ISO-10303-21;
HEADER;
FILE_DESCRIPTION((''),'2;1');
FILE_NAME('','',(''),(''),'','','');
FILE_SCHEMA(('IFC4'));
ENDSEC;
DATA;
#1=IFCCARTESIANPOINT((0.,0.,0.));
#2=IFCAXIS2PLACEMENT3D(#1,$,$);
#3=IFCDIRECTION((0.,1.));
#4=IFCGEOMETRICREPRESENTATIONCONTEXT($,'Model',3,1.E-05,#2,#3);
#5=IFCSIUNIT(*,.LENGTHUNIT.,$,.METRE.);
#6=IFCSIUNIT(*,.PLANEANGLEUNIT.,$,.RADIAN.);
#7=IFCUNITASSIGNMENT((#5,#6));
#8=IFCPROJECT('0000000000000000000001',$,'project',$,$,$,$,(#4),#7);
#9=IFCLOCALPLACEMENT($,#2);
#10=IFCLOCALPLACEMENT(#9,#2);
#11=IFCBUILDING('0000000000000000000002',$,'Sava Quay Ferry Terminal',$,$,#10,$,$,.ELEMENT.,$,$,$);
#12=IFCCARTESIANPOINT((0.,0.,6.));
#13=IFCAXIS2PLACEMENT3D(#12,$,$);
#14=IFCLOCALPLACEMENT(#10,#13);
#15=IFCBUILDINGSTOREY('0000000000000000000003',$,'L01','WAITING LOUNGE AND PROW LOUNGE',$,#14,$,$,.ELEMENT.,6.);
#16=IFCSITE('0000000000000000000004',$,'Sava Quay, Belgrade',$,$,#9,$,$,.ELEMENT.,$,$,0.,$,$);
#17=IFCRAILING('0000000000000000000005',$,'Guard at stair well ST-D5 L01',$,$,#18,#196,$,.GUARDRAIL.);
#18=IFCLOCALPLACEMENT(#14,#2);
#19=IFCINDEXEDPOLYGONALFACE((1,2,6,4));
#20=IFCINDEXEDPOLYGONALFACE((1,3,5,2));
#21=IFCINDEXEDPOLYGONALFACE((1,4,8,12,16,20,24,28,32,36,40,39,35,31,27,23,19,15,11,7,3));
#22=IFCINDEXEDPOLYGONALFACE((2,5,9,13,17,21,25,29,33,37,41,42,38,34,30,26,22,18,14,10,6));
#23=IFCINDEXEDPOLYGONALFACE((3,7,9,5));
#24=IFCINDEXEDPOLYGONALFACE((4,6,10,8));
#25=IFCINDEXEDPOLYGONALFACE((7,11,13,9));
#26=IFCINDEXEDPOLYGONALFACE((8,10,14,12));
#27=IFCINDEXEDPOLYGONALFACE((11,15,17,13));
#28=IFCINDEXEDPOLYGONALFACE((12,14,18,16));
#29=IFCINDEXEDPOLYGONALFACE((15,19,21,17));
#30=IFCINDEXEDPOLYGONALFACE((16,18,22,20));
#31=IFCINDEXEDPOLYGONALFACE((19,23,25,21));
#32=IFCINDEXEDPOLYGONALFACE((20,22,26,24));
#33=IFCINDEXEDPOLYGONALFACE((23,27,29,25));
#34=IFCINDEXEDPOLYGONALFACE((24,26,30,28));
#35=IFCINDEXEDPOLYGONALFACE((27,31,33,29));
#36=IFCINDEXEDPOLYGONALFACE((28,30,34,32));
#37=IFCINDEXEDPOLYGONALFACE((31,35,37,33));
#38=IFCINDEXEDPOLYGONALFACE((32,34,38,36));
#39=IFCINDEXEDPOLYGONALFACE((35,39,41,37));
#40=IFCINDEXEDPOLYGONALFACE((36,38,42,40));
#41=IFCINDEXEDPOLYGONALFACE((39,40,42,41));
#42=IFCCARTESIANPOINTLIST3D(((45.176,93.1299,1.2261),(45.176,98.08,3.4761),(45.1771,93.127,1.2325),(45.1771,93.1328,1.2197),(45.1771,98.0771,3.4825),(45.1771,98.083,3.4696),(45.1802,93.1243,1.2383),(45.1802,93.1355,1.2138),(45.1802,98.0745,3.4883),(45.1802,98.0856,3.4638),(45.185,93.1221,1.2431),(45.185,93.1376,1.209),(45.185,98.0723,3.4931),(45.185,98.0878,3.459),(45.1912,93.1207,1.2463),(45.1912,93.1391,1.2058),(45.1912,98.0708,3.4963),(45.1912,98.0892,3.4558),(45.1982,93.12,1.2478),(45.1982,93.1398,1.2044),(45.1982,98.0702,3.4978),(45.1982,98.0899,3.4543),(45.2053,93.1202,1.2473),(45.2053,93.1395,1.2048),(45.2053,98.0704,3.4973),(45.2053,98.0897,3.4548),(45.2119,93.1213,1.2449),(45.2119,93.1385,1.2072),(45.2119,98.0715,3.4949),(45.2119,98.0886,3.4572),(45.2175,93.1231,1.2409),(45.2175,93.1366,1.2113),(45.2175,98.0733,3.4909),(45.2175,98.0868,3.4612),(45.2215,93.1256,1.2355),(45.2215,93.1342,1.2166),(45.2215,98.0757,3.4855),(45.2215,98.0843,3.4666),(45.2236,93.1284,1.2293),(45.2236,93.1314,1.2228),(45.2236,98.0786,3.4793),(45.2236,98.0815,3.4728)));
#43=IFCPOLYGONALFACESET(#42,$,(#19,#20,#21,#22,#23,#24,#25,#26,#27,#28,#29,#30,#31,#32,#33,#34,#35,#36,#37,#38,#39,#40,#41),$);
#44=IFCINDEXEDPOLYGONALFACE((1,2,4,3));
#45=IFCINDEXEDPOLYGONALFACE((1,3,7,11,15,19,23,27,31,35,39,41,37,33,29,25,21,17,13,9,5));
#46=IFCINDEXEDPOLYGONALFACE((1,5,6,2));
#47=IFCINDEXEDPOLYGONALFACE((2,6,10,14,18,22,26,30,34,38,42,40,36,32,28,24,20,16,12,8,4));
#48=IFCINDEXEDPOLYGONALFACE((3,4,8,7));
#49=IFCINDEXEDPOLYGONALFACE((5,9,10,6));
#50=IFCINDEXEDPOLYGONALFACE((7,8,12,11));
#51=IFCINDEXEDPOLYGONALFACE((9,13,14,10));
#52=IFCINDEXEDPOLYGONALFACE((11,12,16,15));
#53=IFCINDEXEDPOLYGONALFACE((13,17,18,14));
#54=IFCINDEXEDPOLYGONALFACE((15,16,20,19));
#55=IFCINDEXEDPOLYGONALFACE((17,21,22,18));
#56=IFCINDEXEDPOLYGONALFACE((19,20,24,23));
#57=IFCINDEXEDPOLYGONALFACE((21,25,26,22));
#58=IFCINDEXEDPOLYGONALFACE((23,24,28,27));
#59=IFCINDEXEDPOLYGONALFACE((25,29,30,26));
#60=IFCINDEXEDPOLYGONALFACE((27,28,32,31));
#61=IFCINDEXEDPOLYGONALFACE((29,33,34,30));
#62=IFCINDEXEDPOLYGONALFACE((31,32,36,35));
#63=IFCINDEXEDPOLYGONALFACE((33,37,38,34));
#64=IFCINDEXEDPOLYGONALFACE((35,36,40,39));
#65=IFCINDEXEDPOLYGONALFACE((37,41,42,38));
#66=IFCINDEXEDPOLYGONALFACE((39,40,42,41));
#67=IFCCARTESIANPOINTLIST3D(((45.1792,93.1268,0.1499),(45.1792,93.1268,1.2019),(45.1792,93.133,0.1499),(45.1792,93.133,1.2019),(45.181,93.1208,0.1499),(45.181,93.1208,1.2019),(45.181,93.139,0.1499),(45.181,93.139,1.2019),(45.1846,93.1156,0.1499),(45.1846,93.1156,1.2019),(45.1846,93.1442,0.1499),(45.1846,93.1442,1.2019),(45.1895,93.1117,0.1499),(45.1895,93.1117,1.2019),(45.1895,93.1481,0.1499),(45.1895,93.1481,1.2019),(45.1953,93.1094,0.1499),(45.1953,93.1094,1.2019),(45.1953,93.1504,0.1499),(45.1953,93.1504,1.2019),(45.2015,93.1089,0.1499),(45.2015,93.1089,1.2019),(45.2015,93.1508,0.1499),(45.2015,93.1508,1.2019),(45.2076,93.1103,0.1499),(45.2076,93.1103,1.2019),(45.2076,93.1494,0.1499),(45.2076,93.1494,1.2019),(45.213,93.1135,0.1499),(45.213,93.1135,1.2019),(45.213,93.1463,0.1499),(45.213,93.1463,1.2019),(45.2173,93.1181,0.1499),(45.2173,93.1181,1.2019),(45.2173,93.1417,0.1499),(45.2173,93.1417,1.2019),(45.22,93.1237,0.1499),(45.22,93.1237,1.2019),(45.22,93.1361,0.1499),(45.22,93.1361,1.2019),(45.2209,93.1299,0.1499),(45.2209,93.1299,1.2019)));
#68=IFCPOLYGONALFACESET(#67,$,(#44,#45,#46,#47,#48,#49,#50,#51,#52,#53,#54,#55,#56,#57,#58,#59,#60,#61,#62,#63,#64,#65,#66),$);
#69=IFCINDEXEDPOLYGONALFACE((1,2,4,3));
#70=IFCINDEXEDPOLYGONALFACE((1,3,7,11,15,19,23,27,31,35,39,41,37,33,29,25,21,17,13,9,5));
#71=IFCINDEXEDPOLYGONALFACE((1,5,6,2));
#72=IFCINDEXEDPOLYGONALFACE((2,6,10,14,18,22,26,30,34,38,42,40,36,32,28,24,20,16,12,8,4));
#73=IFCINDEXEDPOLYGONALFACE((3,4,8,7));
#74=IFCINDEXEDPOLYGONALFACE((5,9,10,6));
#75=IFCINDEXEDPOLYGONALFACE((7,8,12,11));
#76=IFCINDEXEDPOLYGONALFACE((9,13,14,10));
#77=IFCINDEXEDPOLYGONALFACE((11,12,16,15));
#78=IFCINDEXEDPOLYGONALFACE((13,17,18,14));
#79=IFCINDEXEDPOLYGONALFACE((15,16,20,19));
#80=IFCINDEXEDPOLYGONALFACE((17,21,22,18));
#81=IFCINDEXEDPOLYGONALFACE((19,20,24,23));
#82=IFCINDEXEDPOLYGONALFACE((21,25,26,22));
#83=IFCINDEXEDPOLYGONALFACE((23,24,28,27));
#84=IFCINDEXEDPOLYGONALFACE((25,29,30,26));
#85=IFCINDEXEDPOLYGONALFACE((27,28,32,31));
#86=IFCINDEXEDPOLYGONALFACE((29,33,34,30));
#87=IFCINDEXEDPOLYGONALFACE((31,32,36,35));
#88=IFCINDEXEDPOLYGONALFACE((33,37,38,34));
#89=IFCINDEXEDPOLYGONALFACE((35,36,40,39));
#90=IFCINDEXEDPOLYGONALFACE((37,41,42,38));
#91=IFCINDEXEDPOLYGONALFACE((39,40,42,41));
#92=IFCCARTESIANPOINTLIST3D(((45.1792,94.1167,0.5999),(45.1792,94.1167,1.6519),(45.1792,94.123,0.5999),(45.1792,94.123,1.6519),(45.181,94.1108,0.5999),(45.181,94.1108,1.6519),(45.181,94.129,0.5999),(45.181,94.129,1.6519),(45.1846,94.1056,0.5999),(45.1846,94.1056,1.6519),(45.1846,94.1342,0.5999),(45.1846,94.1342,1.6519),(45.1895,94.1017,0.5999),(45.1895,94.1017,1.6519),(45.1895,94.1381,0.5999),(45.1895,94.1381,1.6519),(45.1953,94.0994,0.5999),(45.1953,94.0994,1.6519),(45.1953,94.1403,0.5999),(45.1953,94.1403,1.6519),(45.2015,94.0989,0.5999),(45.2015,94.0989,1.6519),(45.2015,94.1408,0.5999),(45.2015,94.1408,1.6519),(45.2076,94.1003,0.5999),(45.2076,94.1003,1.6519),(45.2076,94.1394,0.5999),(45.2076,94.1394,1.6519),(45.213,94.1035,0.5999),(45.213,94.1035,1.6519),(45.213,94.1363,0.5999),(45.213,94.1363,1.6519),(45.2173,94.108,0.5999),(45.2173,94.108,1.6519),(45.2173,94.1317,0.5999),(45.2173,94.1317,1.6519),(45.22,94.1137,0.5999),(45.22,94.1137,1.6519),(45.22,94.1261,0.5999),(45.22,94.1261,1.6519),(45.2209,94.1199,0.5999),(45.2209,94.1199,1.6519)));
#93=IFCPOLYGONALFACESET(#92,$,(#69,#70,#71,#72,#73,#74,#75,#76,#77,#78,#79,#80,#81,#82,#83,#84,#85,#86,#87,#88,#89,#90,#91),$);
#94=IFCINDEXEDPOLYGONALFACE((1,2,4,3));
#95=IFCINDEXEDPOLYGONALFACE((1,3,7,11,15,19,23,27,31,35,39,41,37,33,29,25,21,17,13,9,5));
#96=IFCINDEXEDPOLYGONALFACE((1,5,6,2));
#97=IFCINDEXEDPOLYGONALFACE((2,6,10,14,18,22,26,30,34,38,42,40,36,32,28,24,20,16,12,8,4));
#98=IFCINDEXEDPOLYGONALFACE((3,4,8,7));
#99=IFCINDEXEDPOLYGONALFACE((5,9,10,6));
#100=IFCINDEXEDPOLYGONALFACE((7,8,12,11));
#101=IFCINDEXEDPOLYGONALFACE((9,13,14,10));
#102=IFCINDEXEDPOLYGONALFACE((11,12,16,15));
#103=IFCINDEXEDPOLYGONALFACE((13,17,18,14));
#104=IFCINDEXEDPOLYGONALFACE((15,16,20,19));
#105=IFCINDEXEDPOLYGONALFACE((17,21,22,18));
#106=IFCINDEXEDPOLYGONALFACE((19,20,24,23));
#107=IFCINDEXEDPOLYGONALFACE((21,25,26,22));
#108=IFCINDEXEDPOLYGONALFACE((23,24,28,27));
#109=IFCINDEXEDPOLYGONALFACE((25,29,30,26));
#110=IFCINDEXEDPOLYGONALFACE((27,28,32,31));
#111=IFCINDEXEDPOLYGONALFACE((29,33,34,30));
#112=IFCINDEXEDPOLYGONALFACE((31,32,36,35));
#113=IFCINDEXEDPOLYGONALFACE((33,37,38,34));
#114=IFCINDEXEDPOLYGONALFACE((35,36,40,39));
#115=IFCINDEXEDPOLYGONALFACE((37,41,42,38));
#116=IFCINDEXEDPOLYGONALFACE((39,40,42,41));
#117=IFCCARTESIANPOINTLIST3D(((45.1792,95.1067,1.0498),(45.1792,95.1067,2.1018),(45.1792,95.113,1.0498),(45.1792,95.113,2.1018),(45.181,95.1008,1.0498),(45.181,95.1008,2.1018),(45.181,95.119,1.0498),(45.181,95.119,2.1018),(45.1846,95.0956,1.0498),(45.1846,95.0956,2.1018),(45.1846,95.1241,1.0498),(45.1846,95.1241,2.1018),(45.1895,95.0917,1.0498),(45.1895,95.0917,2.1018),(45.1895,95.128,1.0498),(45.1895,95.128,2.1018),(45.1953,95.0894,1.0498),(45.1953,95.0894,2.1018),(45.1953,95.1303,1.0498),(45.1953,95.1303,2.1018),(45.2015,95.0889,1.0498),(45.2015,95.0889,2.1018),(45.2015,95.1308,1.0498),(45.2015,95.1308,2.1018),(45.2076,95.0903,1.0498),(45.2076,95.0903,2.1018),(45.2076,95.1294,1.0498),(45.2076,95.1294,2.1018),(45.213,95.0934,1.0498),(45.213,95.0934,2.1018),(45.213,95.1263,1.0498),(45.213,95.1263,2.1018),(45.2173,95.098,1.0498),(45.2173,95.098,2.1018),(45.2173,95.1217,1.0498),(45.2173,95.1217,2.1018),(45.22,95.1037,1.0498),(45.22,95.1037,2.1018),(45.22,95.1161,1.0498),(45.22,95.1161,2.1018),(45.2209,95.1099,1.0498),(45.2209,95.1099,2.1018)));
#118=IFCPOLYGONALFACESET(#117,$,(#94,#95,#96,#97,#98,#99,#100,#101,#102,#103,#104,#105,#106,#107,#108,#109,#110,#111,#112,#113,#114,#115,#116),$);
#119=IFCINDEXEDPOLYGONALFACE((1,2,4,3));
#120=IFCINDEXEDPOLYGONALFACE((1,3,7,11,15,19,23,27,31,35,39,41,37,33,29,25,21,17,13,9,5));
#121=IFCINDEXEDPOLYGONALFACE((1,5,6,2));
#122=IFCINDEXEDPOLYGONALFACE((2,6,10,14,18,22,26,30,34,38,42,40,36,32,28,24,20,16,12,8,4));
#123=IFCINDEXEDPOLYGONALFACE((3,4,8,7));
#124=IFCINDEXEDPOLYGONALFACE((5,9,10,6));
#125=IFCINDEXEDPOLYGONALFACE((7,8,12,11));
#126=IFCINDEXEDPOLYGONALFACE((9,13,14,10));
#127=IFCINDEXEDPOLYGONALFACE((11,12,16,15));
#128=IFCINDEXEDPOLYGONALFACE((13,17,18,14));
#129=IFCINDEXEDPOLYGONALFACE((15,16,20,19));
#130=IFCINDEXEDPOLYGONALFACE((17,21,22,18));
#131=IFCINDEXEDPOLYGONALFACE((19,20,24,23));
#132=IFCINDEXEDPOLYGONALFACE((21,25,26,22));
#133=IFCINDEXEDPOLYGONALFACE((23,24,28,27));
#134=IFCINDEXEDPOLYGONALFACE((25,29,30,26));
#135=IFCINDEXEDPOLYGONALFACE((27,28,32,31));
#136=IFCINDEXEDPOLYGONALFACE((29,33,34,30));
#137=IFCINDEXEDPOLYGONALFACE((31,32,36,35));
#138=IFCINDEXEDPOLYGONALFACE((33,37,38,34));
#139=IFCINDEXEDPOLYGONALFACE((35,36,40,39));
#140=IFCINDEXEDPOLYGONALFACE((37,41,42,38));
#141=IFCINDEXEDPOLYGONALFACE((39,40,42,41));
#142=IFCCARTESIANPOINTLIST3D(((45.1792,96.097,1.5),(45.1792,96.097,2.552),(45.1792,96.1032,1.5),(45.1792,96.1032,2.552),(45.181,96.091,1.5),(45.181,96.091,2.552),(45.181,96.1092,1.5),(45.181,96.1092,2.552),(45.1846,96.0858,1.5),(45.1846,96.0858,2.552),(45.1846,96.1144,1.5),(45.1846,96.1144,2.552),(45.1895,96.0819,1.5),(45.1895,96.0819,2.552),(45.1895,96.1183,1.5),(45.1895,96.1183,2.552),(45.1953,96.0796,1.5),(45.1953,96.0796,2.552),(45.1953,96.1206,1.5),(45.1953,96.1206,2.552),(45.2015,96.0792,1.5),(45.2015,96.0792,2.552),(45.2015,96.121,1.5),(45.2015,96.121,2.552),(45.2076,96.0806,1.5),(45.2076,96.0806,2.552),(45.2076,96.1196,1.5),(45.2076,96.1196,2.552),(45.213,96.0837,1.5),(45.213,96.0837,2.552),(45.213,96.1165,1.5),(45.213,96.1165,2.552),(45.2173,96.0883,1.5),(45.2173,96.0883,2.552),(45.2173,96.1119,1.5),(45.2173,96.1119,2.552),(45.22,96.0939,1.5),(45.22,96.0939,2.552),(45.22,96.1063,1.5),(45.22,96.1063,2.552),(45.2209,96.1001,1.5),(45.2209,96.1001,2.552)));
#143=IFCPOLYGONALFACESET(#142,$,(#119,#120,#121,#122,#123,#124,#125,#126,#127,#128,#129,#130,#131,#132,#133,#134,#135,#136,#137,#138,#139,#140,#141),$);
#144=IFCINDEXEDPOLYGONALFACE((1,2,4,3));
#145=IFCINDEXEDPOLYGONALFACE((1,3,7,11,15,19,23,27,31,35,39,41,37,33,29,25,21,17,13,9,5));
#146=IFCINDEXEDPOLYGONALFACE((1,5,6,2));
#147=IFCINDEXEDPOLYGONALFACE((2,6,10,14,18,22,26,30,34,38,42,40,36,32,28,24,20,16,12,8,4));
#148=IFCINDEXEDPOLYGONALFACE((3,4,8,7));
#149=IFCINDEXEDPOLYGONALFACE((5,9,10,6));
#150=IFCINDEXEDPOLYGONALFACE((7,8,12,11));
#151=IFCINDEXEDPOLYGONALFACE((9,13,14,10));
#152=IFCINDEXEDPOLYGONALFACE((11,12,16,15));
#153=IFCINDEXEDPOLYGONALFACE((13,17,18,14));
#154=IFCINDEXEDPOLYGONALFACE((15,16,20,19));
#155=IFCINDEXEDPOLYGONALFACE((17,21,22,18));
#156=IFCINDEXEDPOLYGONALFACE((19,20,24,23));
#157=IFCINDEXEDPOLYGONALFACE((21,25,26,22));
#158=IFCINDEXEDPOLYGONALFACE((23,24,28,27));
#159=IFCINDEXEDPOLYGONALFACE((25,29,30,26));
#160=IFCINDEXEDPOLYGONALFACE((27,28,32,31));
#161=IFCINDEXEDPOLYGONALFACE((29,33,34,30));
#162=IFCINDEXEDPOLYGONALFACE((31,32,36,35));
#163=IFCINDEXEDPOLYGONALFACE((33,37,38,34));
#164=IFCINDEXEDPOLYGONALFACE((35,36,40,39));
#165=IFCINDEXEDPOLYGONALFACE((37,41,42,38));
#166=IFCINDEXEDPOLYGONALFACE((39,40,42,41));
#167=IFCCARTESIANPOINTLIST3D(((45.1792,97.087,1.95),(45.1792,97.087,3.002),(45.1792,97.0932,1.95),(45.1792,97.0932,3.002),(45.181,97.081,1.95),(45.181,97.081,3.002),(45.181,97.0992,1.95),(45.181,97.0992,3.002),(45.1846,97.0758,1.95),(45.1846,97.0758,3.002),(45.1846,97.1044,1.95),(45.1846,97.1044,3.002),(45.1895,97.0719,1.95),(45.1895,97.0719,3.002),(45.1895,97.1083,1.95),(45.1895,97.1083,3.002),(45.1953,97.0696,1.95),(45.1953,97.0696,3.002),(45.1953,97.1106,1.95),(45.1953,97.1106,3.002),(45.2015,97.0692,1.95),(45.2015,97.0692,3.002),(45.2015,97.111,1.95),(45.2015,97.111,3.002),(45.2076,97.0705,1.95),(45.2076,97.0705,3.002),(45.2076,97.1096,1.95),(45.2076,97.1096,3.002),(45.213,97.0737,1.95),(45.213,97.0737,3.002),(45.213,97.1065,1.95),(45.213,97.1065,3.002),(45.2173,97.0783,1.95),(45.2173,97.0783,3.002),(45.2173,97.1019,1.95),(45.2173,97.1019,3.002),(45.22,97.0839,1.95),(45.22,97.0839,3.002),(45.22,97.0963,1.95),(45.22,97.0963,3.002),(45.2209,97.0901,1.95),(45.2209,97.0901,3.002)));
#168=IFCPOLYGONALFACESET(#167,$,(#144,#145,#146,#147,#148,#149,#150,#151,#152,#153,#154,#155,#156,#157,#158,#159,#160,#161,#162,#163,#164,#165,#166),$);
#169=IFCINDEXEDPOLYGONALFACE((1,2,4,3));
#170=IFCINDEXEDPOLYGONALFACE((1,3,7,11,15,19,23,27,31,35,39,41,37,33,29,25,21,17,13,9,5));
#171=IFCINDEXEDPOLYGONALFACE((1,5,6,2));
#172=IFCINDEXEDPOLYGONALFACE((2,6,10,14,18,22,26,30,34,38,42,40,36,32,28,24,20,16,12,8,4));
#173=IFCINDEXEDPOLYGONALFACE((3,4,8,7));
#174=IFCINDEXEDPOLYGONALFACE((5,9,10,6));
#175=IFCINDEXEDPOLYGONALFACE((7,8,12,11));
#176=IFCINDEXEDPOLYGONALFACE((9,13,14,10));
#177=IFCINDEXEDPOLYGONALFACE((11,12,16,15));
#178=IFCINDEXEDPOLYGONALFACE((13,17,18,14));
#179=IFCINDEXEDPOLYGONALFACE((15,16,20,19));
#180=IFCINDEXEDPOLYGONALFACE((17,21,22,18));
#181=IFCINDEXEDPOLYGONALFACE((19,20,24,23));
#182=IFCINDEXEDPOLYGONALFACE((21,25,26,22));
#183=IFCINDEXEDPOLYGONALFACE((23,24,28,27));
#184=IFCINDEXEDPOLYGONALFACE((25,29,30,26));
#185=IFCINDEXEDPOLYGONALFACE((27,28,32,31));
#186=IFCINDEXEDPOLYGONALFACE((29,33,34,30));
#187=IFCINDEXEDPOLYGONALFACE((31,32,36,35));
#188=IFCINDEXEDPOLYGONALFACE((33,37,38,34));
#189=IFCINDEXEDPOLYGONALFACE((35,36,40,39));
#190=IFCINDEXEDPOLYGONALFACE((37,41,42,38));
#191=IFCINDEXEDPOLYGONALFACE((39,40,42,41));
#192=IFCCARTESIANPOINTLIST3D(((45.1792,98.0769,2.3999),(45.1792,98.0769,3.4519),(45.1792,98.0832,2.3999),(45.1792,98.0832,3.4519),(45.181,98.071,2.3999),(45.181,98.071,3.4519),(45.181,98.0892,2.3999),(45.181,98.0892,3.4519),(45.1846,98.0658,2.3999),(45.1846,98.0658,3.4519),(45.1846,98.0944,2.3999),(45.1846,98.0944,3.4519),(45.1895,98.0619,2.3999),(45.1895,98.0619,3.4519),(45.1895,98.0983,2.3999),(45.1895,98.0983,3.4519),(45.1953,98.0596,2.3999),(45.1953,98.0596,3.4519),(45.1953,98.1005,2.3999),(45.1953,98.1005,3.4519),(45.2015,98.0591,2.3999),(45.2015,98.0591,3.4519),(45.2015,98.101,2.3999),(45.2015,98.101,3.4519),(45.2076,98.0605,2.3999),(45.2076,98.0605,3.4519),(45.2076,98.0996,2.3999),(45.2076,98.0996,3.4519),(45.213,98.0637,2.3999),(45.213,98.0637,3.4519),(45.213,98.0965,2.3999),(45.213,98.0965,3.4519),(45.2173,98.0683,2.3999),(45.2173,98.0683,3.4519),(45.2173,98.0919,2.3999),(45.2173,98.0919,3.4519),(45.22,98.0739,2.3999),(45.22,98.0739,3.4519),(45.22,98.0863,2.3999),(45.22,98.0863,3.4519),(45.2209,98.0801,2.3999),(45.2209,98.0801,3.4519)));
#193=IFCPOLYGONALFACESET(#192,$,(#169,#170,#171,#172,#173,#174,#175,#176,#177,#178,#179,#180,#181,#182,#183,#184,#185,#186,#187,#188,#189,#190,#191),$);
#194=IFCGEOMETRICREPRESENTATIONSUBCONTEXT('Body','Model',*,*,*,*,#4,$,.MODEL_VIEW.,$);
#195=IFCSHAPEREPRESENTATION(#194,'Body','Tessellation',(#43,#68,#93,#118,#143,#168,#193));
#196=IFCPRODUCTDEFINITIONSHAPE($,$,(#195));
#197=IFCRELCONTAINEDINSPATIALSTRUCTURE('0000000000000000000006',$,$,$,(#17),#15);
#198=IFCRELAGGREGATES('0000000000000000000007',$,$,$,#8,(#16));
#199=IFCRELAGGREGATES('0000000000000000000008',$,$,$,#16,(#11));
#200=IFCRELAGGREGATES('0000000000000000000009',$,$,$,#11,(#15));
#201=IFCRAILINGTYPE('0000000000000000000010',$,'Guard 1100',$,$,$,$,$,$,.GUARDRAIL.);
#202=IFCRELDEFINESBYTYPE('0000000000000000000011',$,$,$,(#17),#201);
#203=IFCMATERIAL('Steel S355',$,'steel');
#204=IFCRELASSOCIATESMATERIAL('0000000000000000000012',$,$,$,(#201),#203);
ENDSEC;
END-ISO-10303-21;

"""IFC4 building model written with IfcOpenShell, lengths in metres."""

from ifc_helpers import new_model, si_unit, direction, frame, origin, origin_2d, place, context, subcontext, project, spatial, circle, extrude, material, type_object, element, save


model = new_model("IFC4")

# Units and contexts
model_context = context("Model", 3, precision=1e-05, world=origin(), true_north=direction((0.0, 1.0)))
body_context = subcontext(model_context, "Body", "Model", "MODEL_VIEW")
ifc_project = project(units=[si_unit("LENGTHUNIT", "METRE"), si_unit("PLANEANGLEUNIT", "RADIAN")], contexts=[model_context])

# Site, building, storey
site_placement = place(None, origin())
site = spatial("IfcSite", under=ifc_project, at=site_placement, Name="Sava Quay, Belgrade", CompositionType="ELEMENT", RefElevation=0.0)
building_placement = place(site_placement, origin())
building = spatial("IfcBuilding", under=site, at=building_placement, Name="Sava Quay Ferry Terminal", CompositionType="ELEMENT")
storey_placement = place(building_placement, frame((0.0, 0.0, 6.0)))
storey = spatial("IfcBuildingStorey", under=building, at=storey_placement, Name="L01", Description="WAITING LOUNGE AND PROW LOUNGE", CompositionType="ELEMENT", Elevation=6.0)

# Railing
ifc_material_1 = material(Name="Steel S355", Category="steel")
railing_type_1 = type_object("IfcRailingType", Name="Guard 1100", PredefinedType="GUARDRAIL", material=ifc_material_1)
railing_1_placement = place(storey_placement, frame((45.2, 93.1299, 0.1499)))
element("IfcRailing", 1, at=railing_1_placement, inside=storey, type_object=railing_type_1, Name="Guard at stair well ST-D5 L01", PredefinedType="GUARDRAIL", context=body_context, shape_type="SweptSolid", body=[
    extrude(circle(Radius=0.0239, at=origin_2d()), frame((0.0, 0.0, 1.0762), z_axis=(0.0, 0.910373, 0.413789), x_axis=(-1.0, 0.0, 0.0)), (0.0, 0.0, 1.0), 5.4375),
    extrude(circle(Radius=0.021, at=origin_2d()), origin(), (0.0, 0.0, 1.0), 1.052),
    extrude(circle(Radius=0.021, at=origin_2d()), frame((0.0, 0.99, 0.45)), (0.0, 0.0, 1.0), 1.052),
    extrude(circle(Radius=0.021, at=origin_2d()), frame((0.0, 1.98, 0.8999)), (0.0, 0.0, 1.0), 1.052),
    extrude(circle(Radius=0.021, at=origin_2d()), frame((0.0, 2.9702, 1.3501)), (0.0, 0.0, 1.0), 1.052),
    extrude(circle(Radius=0.021, at=origin_2d()), frame((0.0, 3.9602, 1.8)), (0.0, 0.0, 1.0), 1.052),
    extrude(circle(Radius=0.021, at=origin_2d()), frame((0.0, 4.9502, 2.25)), (0.0, 0.0, 1.0), 1.052),
])

save(model, "model.ifc")
